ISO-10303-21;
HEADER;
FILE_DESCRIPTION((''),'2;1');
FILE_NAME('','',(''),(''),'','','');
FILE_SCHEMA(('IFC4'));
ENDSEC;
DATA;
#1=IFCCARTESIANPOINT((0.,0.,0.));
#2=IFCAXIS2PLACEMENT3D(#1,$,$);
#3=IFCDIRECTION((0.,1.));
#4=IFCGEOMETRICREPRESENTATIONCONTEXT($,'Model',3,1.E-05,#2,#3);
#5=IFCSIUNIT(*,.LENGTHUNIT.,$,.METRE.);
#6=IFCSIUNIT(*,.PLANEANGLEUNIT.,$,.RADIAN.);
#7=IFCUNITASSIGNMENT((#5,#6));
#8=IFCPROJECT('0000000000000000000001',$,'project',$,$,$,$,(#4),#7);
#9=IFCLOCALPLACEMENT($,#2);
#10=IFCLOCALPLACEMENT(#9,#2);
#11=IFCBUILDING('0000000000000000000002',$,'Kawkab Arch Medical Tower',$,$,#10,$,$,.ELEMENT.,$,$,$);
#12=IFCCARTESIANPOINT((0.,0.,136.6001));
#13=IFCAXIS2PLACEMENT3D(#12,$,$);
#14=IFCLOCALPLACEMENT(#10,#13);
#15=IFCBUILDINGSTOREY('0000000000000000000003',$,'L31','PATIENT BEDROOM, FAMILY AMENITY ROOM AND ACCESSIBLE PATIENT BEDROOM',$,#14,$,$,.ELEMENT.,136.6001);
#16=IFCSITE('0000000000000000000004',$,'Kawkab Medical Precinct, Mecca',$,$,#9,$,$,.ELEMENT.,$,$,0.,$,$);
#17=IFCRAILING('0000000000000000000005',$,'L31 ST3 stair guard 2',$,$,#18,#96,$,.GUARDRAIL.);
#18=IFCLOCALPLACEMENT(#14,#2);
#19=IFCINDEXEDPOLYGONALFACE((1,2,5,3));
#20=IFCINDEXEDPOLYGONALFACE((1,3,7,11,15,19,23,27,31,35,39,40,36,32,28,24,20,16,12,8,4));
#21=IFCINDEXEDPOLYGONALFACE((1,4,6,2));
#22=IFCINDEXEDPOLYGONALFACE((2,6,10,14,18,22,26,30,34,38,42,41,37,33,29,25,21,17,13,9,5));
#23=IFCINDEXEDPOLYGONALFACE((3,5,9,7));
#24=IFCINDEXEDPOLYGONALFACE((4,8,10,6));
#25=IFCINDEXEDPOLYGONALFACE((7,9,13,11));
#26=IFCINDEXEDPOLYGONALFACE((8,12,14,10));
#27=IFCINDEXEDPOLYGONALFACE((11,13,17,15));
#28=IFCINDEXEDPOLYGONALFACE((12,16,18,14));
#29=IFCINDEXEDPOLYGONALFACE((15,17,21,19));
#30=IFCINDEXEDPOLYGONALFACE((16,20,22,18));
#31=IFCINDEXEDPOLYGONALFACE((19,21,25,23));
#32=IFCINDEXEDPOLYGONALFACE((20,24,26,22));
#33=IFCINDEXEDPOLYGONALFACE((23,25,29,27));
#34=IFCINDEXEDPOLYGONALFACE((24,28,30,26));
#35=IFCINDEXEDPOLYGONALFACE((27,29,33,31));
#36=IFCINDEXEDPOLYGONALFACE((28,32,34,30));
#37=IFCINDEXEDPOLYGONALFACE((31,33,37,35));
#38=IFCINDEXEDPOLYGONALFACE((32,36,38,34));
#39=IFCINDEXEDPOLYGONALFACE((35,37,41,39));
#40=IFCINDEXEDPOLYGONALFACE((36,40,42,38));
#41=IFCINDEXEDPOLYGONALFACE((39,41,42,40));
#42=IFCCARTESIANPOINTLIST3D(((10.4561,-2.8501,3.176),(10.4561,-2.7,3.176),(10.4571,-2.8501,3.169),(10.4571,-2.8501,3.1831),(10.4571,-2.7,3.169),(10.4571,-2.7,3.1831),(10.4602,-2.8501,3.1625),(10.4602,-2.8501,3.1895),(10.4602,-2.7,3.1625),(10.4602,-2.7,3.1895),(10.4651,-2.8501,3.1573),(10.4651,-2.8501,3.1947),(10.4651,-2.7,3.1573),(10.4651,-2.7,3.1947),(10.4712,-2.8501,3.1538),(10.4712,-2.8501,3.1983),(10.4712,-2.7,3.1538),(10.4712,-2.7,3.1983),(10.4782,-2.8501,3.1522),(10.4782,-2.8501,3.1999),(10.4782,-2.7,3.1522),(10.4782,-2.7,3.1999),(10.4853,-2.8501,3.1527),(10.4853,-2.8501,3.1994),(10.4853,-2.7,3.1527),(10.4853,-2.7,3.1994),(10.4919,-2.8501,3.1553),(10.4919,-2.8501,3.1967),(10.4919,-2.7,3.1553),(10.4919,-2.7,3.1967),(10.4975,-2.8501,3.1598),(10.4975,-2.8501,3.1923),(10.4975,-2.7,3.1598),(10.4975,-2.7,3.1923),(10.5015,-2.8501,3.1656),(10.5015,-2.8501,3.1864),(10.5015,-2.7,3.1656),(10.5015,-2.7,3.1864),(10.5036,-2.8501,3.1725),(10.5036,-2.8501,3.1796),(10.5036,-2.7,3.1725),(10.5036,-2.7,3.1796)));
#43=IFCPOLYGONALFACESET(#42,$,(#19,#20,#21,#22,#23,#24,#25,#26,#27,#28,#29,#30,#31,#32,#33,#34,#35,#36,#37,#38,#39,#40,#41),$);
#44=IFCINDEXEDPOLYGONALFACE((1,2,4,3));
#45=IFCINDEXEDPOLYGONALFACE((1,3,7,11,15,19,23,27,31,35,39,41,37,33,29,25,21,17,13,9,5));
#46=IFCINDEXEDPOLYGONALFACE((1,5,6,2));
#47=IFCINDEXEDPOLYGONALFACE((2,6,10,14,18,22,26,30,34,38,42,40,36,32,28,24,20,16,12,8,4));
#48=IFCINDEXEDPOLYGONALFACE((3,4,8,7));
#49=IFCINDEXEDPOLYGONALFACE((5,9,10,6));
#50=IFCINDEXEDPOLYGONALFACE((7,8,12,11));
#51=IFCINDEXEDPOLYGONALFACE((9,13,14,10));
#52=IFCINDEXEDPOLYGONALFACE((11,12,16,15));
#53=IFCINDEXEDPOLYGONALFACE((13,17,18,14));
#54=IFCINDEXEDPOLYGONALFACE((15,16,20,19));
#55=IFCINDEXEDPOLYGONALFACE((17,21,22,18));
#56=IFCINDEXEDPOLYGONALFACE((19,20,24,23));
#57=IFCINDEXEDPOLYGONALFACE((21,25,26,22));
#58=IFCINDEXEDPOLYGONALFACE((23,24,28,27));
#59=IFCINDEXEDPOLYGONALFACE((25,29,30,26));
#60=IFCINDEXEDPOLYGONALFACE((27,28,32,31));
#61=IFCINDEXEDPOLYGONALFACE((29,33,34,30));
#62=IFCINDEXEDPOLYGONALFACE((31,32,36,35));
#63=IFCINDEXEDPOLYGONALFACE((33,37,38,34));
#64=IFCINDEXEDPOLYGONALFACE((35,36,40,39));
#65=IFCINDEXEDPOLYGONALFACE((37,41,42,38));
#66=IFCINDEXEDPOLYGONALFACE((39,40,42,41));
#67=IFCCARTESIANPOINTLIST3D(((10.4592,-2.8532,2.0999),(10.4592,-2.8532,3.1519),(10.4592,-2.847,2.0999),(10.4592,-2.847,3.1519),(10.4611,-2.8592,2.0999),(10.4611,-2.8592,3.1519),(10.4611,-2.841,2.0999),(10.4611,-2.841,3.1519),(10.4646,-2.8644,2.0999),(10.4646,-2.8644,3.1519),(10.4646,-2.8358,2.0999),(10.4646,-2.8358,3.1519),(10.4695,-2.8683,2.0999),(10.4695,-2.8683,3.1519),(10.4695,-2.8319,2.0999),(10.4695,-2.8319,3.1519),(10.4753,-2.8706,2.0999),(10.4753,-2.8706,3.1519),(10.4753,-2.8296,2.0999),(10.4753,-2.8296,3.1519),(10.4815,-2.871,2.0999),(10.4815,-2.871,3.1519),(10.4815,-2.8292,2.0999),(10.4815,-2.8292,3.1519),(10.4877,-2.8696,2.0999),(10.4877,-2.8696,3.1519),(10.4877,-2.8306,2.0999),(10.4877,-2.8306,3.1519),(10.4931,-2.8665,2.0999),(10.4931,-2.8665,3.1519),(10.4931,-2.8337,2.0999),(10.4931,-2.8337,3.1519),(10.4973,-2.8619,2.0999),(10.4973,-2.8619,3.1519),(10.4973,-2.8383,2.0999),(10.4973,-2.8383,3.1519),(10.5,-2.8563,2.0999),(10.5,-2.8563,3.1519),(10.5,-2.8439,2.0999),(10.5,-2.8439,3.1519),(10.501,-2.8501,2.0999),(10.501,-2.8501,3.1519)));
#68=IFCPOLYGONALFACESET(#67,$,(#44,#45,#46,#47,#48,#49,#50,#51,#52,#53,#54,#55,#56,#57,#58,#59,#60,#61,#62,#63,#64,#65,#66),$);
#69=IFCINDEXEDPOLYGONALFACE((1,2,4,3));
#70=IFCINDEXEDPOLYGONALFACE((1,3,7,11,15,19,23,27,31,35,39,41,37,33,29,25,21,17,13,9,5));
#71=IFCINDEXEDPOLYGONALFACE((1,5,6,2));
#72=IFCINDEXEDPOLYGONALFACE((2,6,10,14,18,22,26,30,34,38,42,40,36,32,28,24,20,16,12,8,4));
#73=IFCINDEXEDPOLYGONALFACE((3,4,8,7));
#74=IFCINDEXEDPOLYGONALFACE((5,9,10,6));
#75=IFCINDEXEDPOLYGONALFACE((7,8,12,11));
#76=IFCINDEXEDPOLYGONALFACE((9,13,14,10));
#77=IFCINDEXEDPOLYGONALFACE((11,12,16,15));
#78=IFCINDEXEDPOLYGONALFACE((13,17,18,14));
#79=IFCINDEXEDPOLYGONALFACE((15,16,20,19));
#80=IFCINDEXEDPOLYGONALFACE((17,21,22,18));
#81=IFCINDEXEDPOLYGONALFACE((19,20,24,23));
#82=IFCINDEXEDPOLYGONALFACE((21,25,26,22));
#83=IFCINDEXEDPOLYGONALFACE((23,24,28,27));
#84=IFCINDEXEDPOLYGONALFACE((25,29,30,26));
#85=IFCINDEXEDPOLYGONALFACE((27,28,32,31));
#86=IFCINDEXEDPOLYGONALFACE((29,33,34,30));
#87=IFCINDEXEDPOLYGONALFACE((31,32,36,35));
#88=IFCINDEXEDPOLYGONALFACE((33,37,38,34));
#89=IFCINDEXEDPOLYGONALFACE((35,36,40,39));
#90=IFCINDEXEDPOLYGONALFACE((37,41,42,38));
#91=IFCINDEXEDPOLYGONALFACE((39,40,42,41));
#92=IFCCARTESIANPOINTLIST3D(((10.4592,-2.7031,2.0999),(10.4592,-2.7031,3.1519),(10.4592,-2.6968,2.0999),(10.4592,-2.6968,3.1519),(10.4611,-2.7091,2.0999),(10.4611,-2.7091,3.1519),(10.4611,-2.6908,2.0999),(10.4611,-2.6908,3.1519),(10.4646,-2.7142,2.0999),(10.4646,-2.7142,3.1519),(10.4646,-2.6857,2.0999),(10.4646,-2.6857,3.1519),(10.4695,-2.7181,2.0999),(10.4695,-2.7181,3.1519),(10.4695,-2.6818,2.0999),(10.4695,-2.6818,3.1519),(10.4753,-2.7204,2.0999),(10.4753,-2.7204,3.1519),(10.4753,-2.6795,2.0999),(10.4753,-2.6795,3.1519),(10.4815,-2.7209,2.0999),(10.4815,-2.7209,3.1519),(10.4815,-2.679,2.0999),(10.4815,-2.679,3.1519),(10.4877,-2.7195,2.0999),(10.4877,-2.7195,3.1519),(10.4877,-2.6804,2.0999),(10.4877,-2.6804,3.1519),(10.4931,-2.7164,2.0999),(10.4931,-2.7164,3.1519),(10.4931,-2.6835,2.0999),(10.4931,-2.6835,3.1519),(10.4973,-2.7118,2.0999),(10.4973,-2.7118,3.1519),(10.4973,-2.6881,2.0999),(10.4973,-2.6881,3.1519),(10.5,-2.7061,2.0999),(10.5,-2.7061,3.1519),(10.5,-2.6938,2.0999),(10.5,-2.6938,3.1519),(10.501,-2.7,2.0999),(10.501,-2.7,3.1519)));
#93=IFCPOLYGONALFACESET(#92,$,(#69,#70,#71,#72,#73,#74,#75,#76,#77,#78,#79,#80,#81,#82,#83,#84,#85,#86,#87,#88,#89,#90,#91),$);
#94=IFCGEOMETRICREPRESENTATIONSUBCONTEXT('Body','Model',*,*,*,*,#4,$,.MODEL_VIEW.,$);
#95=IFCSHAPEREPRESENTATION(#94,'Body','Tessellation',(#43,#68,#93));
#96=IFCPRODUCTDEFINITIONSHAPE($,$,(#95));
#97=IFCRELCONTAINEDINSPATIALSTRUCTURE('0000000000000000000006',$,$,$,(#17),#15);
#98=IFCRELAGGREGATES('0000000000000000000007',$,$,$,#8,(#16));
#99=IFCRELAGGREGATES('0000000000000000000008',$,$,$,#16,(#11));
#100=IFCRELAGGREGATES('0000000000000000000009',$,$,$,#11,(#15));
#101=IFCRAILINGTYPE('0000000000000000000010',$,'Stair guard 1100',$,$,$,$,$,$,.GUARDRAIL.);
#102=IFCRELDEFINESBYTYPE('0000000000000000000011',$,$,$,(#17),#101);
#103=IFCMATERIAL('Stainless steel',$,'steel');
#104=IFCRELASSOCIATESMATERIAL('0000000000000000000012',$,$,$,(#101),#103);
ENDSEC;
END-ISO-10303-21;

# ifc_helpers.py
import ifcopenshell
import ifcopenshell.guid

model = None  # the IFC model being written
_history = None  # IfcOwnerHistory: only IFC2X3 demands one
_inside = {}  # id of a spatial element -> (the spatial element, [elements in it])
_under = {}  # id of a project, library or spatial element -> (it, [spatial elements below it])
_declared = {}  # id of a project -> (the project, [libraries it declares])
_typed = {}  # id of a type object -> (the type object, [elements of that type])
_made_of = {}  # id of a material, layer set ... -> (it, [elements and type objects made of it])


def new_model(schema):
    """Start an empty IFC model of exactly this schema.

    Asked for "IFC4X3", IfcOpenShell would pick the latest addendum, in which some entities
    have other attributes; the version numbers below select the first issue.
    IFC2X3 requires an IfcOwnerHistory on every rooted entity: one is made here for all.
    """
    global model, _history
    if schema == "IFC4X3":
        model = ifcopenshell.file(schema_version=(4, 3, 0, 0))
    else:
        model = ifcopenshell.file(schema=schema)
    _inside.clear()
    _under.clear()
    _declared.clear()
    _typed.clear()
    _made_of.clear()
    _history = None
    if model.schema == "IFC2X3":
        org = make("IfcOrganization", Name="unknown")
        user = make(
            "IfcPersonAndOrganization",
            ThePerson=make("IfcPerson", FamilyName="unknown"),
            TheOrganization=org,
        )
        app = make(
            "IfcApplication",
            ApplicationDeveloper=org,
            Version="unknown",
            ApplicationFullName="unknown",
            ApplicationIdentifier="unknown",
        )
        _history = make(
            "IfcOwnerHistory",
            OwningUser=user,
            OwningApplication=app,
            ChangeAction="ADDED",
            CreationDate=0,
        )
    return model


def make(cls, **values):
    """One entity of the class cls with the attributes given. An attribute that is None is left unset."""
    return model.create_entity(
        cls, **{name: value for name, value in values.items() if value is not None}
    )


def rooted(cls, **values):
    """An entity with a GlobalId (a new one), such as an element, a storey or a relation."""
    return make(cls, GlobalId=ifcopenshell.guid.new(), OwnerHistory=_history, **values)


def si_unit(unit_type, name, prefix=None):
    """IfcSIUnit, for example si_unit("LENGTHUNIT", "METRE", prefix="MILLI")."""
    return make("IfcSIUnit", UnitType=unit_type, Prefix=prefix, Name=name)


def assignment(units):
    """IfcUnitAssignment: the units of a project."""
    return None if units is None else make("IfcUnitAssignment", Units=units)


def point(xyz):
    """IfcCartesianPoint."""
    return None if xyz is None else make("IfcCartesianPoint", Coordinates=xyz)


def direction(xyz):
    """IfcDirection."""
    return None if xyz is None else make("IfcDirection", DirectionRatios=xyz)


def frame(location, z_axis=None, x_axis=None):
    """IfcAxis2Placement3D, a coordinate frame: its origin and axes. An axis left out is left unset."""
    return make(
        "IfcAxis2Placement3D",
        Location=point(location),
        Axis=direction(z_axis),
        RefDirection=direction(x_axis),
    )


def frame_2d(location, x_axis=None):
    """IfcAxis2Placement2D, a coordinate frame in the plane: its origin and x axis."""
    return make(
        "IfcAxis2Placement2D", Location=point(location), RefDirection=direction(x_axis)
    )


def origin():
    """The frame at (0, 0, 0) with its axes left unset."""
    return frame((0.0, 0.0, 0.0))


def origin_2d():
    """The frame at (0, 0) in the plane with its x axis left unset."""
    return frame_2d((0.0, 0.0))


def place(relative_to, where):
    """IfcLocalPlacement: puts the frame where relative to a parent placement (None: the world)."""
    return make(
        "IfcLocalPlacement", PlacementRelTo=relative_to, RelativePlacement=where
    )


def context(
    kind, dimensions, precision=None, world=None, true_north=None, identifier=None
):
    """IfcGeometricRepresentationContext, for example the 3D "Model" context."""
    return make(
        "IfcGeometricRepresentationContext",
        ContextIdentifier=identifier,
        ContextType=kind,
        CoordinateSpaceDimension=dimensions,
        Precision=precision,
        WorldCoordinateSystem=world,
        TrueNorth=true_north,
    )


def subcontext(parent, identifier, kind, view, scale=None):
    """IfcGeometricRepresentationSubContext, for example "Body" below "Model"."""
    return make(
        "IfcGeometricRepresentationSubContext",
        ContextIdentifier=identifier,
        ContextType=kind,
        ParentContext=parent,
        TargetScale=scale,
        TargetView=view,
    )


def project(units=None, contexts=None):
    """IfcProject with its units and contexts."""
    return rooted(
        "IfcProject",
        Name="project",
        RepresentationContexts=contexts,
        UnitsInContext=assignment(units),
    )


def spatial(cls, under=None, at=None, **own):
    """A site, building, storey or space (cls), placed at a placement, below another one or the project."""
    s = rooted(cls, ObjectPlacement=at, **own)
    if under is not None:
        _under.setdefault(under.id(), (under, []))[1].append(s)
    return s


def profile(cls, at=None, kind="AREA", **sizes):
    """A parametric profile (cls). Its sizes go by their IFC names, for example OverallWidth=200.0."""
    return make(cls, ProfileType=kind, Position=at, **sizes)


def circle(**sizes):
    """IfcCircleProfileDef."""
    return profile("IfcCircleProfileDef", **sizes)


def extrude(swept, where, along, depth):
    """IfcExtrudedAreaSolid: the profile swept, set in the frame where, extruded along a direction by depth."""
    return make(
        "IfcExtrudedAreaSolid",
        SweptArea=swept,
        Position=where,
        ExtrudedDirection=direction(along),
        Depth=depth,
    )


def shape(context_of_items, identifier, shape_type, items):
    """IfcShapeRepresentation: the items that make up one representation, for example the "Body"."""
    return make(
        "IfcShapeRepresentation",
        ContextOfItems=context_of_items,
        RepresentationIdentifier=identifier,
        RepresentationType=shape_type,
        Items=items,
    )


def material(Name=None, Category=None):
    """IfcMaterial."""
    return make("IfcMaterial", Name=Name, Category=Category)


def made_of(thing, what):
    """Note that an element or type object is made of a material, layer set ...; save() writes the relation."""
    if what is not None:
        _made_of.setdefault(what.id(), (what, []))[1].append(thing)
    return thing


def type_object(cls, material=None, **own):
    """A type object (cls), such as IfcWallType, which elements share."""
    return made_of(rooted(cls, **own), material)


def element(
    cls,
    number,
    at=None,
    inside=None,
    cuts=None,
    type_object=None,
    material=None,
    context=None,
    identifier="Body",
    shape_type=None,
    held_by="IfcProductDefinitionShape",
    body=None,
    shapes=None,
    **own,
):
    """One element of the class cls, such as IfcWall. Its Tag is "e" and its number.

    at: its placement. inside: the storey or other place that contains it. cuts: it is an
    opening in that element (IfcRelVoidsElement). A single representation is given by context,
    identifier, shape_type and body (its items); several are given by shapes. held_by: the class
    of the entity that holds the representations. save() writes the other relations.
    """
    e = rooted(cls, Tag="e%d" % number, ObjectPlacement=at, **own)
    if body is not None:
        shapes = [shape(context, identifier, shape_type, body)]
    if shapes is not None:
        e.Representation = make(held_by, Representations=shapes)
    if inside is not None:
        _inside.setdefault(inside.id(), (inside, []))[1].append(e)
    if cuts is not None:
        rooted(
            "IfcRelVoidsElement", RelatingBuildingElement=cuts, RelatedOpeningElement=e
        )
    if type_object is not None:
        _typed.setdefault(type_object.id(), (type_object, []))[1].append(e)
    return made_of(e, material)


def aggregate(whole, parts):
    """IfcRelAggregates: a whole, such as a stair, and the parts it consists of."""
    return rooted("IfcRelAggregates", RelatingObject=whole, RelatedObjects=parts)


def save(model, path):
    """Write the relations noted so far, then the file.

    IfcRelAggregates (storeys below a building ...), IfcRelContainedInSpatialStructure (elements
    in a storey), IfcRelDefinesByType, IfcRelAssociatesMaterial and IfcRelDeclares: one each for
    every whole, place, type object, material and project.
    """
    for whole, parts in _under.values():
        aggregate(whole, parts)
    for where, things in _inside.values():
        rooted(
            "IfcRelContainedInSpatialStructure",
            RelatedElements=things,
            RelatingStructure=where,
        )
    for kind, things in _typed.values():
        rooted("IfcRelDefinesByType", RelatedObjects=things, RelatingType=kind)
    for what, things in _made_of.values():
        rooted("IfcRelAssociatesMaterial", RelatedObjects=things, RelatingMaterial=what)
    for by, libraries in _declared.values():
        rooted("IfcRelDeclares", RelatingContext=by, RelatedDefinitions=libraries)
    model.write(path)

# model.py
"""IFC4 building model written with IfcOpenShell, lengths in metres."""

from ifc_helpers import new_model, si_unit, direction, frame, origin, origin_2d, place, context, subcontext, project, spatial, circle, extrude, material, type_object, element, save


model = new_model("IFC4")

# Units and contexts
model_context = context("Model", 3, precision=1e-05, world=origin(), true_north=direction((0.0, 1.0)))
body_context = subcontext(model_context, "Body", "Model", "MODEL_VIEW")
ifc_project = project(units=[si_unit("LENGTHUNIT", "METRE"), si_unit("PLANEANGLEUNIT", "RADIAN")], contexts=[model_context])

# Site, building, storey
site_placement = place(None, origin())
site = spatial("IfcSite", under=ifc_project, at=site_placement, Name="Kawkab Medical Precinct, Mecca", CompositionType="ELEMENT", RefElevation=0.0)
building_placement = place(site_placement, origin())
building = spatial("IfcBuilding", under=site, at=building_placement, Name="Kawkab Arch Medical Tower", CompositionType="ELEMENT")
storey_placement = place(building_placement, frame((0.0, 0.0, 136.6001)))
storey = spatial("IfcBuildingStorey", under=building, at=storey_placement, Name="L31", Description="PATIENT BEDROOM, FAMILY AMENITY ROOM AND ACCESSIBLE PATIENT BEDROOM", CompositionType="ELEMENT", Elevation=136.6001)

# Railing
ifc_material_1 = material(Name="Stainless steel", Category="steel")
railing_type_1 = type_object("IfcRailingType", Name="Stair guard 1100", PredefinedType="GUARDRAIL", material=ifc_material_1)
railing_1_placement = place(storey_placement, frame((10.48, -2.8501, 2.0999)))
element("IfcRailing", 1, at=railing_1_placement, inside=storey, type_object=railing_type_1, Name="L31 ST3 stair guard 2", PredefinedType="GUARDRAIL", context=body_context, shape_type="SweptSolid", body=[
    extrude(circle(Radius=0.0239, at=origin_2d()), frame((0.0, 0.0, 1.0762), z_axis=(0.0, 1.0, 0.0), x_axis=(-1.0, 0.0, 0.0)), (0.0, 0.0, 1.0), 0.1501),
    extrude(circle(Radius=0.021, at=origin_2d()), origin(), (0.0, 0.0, 1.0), 1.052),
    extrude(circle(Radius=0.021, at=origin_2d()), frame((0.0, 0.1501, 0.0)), (0.0, 0.0, 1.0), 1.052),
])

save(model, "model.ifc")
